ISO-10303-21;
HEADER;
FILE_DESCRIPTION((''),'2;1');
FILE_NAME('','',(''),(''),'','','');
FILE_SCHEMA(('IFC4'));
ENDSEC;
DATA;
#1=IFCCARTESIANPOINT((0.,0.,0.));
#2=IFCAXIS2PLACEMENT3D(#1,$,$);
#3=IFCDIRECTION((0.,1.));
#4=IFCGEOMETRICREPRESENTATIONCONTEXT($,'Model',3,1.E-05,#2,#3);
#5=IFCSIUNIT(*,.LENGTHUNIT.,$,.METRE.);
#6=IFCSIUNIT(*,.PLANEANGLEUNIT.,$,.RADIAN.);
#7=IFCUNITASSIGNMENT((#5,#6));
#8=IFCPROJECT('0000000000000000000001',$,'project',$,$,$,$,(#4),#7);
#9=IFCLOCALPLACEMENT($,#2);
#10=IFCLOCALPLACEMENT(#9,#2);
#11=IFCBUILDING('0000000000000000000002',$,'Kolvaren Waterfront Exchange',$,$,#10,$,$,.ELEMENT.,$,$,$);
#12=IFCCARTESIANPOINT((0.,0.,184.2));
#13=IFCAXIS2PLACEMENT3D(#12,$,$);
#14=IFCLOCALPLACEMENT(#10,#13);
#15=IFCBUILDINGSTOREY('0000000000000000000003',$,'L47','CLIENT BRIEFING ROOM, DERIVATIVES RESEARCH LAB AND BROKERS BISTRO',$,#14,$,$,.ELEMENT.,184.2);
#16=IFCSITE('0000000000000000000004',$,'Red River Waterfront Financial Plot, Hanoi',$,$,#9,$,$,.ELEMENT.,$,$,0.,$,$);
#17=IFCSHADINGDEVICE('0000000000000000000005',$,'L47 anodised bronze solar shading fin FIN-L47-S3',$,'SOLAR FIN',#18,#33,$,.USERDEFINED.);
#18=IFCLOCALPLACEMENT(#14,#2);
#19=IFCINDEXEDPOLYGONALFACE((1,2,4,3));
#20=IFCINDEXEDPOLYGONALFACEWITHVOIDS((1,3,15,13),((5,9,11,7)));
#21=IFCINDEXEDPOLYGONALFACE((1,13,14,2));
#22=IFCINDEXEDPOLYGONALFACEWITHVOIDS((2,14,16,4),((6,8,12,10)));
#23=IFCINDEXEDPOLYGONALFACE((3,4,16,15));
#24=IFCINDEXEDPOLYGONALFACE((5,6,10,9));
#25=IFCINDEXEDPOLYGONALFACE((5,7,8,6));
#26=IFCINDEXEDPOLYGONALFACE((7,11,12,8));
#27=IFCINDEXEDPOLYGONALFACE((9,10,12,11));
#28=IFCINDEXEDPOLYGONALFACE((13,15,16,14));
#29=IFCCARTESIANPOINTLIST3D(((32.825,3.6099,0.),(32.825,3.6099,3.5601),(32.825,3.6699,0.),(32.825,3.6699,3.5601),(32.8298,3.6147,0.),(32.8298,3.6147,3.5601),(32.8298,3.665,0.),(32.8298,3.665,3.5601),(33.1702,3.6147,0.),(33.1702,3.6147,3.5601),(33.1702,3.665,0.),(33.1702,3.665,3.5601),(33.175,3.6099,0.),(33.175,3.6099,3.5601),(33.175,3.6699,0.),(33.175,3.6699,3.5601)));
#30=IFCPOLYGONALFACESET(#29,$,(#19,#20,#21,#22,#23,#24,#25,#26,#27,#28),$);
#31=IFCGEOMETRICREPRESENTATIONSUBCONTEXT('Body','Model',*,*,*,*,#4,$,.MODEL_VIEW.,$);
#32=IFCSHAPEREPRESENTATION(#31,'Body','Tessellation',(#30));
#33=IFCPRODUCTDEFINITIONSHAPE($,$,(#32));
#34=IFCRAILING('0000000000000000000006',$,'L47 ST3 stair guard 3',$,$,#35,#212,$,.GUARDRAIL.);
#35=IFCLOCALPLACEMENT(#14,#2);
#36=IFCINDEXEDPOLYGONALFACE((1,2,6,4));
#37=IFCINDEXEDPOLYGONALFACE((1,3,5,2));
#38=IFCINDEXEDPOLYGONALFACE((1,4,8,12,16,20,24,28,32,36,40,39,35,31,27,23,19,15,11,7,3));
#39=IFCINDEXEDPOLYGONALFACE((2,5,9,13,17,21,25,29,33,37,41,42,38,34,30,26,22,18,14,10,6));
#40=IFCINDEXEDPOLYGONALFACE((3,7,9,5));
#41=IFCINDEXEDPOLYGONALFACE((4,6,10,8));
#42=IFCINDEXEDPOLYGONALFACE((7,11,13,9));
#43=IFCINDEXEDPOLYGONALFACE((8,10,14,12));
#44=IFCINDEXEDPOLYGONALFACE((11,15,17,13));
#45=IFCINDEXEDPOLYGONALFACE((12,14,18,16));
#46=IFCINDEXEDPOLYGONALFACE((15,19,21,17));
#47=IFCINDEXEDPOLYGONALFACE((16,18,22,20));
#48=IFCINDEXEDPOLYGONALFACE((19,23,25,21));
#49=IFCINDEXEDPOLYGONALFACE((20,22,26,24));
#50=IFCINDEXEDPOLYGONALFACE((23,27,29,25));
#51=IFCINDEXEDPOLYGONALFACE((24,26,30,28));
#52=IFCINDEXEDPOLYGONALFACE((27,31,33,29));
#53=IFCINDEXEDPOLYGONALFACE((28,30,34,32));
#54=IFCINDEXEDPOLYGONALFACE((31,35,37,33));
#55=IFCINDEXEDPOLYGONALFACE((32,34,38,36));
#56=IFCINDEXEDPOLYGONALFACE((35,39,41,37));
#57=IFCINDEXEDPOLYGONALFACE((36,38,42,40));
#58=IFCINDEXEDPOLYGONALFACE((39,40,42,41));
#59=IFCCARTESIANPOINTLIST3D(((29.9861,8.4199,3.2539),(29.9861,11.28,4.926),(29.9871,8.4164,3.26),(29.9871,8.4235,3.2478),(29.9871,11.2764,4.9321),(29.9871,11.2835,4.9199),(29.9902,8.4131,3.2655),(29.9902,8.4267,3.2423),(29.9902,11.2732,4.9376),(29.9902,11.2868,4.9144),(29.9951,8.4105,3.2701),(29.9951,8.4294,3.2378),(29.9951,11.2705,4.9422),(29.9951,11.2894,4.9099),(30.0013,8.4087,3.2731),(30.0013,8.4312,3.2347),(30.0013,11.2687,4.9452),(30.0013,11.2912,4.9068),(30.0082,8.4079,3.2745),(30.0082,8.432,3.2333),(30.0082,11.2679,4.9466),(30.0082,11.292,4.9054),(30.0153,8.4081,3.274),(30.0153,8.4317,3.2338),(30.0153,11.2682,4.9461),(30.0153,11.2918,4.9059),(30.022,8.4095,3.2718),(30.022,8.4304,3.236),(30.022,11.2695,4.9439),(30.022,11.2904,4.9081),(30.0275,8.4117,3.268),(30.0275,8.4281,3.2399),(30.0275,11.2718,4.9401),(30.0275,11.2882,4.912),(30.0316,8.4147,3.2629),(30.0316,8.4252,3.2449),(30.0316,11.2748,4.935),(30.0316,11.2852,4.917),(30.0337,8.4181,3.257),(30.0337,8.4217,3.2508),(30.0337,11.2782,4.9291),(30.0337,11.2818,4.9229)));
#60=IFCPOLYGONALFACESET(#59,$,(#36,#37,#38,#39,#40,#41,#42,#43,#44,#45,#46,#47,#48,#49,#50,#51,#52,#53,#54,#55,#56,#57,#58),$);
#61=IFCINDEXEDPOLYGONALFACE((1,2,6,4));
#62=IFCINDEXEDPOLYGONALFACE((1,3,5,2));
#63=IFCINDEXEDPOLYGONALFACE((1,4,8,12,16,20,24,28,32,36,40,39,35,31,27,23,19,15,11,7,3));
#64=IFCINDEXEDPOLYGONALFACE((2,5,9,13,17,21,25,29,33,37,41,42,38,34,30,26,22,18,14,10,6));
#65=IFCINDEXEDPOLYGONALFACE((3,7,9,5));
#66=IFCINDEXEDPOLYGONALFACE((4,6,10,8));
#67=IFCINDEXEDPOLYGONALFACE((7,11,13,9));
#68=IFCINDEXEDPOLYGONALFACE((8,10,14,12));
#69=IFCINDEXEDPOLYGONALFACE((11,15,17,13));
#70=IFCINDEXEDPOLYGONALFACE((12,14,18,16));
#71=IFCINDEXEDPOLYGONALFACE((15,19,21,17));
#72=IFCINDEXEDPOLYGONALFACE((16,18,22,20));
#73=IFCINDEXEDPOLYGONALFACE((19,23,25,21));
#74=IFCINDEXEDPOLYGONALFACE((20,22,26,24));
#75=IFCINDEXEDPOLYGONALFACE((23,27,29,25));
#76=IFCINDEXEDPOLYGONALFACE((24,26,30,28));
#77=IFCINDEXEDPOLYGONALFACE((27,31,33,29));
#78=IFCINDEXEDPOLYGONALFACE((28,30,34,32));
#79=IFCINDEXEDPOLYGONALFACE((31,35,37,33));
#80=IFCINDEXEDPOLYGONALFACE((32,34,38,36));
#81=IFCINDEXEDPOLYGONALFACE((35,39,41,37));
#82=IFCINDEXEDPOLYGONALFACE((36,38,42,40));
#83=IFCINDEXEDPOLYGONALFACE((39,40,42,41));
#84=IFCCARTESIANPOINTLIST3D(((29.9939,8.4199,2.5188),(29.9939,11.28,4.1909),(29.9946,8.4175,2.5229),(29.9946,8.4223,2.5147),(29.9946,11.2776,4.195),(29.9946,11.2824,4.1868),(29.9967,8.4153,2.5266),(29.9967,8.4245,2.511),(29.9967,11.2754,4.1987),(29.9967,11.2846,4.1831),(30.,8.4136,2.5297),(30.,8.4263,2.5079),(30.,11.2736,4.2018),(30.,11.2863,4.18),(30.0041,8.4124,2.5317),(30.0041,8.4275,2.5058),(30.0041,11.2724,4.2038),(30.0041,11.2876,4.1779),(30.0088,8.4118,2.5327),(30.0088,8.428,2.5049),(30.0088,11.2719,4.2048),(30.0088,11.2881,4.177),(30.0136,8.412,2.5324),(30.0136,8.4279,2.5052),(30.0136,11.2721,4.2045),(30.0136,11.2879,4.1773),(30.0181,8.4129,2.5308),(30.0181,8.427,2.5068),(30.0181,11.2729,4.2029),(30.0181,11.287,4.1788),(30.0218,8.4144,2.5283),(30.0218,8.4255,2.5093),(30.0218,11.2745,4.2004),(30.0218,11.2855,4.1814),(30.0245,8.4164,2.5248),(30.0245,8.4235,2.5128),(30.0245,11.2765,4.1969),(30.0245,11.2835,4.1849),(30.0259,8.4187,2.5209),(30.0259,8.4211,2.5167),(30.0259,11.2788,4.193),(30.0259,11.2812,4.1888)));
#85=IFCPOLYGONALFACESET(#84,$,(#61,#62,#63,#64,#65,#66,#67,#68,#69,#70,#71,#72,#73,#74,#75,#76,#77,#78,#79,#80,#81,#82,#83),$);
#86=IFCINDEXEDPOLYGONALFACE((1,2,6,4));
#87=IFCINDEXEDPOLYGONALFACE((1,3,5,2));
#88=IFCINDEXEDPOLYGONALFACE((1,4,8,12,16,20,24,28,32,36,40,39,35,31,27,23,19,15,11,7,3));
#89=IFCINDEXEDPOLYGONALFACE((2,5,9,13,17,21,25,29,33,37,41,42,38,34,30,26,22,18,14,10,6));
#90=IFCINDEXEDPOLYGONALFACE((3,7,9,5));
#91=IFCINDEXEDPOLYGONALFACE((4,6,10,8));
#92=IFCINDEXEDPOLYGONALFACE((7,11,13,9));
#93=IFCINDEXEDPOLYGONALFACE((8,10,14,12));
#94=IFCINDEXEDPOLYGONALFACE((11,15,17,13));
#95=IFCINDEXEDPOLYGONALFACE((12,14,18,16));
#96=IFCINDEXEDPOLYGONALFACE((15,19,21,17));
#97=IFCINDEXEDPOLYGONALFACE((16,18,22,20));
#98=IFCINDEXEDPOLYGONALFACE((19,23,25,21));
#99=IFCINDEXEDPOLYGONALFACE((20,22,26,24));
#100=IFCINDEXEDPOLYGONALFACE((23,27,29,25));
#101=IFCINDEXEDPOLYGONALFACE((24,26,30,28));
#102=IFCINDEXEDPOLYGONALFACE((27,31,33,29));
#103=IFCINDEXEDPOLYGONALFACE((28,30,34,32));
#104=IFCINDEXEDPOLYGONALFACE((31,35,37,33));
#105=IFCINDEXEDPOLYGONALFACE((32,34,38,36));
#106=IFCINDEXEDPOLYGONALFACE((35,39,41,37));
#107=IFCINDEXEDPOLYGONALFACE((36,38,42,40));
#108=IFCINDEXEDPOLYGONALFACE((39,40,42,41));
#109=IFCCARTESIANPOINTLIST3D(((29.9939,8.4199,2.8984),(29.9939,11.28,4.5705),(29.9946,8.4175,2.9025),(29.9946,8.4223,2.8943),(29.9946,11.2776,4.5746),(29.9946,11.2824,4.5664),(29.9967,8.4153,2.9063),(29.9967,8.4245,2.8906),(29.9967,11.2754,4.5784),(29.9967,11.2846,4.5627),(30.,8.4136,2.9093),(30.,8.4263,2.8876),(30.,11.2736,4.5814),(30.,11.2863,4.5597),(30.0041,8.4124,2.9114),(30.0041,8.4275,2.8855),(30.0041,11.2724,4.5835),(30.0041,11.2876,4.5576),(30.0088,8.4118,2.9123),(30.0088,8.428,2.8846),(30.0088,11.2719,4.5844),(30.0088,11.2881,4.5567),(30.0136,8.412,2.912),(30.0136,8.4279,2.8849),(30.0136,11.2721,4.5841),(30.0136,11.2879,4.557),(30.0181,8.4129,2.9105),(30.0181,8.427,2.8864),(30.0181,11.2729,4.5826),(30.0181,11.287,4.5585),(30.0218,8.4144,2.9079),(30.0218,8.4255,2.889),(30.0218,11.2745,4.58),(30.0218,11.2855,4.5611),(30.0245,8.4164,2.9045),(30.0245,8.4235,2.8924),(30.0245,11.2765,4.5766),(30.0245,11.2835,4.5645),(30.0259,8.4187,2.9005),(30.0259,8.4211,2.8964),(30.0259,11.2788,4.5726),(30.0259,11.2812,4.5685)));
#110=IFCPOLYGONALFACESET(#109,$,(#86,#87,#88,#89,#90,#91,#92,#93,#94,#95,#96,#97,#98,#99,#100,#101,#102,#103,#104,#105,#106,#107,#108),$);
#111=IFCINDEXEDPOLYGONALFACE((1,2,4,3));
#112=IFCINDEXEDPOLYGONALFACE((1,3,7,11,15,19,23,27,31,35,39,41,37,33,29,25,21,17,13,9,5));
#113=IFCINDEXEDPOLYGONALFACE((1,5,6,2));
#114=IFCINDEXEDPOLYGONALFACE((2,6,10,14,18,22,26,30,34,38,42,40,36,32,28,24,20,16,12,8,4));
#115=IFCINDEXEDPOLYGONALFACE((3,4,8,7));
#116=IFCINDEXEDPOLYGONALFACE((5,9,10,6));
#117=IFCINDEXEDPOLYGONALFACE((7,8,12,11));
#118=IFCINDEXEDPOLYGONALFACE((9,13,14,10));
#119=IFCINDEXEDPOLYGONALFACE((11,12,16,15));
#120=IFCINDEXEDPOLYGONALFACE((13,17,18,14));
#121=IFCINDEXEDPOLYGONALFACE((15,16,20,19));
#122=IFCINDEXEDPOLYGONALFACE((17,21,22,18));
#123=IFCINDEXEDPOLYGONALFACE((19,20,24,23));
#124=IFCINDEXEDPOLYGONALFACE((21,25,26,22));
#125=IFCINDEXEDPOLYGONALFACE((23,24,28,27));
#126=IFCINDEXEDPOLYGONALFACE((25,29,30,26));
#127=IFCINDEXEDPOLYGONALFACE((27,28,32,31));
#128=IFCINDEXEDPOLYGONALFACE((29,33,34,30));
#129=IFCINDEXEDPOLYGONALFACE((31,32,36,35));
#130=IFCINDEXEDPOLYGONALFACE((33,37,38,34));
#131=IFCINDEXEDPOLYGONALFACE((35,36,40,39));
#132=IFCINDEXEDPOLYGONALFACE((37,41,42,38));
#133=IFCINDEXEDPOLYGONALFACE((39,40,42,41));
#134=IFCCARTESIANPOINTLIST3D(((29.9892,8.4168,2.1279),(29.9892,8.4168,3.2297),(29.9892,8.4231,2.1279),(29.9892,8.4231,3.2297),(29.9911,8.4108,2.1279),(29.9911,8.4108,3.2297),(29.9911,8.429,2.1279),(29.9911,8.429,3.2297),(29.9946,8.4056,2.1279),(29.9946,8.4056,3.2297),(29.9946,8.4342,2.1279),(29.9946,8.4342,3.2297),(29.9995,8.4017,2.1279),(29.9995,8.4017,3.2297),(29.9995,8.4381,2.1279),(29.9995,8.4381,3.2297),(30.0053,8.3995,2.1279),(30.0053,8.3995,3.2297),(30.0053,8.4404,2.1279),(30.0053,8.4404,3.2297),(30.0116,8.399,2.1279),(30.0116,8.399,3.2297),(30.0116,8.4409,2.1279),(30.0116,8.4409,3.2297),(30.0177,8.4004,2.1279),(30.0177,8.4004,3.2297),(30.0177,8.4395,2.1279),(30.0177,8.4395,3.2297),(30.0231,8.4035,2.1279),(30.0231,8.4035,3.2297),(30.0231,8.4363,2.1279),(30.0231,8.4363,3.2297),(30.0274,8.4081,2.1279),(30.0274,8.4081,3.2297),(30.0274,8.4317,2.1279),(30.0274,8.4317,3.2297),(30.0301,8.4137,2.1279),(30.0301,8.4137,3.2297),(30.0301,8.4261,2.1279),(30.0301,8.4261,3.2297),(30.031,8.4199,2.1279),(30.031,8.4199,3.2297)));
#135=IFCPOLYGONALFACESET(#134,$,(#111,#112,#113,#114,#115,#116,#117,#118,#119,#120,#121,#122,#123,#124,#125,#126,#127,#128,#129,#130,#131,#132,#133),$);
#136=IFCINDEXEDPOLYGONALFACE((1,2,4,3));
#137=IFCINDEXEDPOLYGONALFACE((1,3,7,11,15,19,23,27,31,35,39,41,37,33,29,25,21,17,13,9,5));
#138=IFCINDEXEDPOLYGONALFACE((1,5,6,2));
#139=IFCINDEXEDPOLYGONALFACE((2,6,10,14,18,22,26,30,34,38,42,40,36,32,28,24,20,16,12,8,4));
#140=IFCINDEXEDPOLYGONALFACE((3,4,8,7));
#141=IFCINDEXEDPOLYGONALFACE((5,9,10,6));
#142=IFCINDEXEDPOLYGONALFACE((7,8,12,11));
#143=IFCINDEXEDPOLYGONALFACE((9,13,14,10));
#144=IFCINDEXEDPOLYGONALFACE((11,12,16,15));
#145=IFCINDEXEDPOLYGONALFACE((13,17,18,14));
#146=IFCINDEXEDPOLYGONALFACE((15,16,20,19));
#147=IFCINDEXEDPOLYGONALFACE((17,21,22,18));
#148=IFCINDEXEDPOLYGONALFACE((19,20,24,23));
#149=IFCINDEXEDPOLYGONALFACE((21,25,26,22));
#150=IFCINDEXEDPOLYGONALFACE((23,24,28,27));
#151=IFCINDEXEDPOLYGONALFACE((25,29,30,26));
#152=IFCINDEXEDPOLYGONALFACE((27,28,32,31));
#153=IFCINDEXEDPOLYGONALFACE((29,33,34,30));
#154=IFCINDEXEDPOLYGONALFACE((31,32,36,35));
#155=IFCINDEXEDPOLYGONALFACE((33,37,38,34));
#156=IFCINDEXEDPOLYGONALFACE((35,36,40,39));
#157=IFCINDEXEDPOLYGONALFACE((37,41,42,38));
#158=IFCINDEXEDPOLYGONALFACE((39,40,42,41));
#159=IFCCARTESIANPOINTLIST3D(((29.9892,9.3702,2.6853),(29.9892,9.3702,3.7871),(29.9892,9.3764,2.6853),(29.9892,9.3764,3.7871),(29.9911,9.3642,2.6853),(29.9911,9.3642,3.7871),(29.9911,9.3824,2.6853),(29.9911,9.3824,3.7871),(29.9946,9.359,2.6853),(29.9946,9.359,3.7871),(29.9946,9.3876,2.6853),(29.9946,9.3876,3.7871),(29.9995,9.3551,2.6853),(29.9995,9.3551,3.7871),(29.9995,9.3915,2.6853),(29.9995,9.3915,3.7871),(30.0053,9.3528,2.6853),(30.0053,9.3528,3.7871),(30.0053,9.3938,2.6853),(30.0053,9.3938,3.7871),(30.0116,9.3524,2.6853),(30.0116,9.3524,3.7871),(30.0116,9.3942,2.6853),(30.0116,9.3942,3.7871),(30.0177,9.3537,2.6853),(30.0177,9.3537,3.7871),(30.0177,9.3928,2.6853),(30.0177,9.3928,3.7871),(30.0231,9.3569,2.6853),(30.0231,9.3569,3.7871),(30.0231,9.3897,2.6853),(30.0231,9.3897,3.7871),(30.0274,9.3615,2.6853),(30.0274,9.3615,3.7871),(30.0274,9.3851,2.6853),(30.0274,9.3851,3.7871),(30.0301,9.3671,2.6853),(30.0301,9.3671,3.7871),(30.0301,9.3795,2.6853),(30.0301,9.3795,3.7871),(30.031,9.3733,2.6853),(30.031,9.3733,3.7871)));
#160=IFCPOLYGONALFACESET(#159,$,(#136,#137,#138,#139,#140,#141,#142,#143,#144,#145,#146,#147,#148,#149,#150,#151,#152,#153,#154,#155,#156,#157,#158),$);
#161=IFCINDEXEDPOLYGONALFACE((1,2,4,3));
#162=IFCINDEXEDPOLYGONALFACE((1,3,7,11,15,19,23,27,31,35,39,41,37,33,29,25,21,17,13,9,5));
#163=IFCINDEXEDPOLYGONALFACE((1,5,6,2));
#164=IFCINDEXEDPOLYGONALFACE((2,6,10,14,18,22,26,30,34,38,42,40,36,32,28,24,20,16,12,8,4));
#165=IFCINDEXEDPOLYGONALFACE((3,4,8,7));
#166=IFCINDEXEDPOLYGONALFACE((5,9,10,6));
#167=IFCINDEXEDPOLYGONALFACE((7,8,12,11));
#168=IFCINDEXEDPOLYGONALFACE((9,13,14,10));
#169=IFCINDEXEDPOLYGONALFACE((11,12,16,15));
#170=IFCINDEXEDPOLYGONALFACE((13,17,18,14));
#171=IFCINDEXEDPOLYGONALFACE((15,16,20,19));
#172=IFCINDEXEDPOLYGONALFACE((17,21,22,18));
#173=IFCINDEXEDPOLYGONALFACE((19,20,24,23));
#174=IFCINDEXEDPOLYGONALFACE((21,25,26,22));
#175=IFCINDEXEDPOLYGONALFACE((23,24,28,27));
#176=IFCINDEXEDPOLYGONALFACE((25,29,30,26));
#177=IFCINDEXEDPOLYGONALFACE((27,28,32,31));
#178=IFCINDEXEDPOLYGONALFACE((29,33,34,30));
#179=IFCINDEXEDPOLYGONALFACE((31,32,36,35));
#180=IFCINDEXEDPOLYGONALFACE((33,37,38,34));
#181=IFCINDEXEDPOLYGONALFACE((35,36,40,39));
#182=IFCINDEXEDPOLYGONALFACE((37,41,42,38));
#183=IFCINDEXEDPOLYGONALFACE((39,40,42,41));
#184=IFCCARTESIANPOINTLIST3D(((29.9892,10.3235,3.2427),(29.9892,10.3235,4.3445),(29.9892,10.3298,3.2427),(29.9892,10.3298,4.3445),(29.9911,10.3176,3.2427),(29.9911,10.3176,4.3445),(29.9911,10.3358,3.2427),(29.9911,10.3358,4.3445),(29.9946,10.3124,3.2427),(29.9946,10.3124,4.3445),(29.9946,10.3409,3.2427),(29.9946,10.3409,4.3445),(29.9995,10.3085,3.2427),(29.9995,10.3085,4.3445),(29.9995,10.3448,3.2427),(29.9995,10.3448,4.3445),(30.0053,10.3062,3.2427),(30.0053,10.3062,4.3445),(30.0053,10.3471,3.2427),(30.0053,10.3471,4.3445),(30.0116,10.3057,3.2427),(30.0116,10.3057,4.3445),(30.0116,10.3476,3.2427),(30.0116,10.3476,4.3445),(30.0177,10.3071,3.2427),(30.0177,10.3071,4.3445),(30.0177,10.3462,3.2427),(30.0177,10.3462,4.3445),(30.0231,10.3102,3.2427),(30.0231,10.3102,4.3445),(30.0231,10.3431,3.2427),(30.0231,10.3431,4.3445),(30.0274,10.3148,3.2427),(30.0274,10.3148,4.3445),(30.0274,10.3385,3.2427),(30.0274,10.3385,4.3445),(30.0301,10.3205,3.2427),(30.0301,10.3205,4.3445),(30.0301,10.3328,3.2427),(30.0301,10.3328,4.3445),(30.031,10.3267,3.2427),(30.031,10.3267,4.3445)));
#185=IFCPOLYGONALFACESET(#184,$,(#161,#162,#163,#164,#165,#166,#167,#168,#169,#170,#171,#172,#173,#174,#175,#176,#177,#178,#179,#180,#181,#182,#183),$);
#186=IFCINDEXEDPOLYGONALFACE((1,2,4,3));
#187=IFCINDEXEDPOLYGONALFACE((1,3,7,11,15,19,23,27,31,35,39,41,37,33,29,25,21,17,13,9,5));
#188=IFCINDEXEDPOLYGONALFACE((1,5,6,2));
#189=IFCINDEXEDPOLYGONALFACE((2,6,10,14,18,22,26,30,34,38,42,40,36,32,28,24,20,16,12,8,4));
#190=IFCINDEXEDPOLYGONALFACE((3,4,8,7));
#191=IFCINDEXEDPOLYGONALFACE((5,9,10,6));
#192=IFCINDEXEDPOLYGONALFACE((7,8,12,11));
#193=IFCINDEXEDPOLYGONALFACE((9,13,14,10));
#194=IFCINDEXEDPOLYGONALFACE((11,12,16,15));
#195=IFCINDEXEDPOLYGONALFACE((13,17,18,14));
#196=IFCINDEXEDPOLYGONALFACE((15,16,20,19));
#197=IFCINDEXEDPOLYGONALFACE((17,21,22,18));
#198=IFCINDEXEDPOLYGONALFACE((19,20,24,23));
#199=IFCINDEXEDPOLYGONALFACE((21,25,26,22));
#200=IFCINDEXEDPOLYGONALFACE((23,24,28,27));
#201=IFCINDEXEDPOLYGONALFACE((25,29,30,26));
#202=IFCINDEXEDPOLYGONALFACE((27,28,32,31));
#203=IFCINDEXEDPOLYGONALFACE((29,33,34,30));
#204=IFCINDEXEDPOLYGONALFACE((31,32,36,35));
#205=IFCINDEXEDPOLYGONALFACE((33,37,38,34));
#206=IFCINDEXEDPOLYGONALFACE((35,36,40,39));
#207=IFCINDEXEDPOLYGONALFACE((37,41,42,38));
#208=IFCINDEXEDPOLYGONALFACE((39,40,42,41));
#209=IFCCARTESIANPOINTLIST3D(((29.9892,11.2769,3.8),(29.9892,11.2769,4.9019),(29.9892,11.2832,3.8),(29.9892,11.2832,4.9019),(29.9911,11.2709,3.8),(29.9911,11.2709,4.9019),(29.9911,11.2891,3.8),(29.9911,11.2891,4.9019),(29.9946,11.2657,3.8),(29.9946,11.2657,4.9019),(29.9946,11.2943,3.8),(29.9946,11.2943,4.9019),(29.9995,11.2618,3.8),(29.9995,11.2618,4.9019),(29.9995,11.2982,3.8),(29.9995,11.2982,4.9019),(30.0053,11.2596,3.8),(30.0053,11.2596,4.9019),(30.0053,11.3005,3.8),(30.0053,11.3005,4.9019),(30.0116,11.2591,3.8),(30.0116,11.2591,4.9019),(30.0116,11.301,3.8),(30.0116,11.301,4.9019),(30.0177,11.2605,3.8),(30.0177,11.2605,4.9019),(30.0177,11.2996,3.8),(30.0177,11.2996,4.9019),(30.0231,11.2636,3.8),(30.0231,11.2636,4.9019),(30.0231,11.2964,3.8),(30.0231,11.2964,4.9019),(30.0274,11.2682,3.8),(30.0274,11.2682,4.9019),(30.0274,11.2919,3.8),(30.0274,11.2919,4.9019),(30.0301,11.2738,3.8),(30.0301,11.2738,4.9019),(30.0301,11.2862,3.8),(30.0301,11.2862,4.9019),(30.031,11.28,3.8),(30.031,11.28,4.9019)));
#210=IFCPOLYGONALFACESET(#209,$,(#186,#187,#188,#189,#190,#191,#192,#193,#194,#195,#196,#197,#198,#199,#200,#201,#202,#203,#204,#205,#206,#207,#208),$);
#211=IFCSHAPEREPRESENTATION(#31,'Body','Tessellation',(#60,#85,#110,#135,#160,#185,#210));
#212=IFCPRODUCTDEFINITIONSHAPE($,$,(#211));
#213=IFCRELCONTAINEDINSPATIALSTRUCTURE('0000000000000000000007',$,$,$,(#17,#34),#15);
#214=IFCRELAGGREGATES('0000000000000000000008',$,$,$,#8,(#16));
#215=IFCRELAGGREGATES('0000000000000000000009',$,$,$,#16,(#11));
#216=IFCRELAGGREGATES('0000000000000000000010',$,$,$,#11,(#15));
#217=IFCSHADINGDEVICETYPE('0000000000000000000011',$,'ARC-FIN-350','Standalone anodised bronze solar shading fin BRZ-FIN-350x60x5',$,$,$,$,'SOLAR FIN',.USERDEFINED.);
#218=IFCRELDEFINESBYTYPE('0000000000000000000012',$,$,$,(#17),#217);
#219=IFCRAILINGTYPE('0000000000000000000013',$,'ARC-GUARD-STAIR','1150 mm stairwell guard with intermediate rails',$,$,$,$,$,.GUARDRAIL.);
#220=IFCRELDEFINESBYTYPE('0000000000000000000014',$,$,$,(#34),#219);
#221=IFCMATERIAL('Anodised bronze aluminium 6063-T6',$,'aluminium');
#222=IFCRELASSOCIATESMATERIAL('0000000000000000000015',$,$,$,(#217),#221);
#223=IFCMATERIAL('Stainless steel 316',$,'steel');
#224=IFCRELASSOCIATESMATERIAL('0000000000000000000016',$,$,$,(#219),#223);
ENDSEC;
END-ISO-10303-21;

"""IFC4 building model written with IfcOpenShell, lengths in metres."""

from ifc_helpers import new_model, si_unit, direction, frame, origin, origin_2d, place, context, subcontext, project, spatial, hollow_rectangle, circle, extrude, material, material_profile, profile_set, type_object, element, save


model = new_model("IFC4")

# Units and contexts
model_context = context("Model", 3, precision=1e-05, world=origin(), true_north=direction((0.0, 1.0)))
body_context = subcontext(model_context, "Body", "Model", "MODEL_VIEW")
ifc_project = project(units=[si_unit("LENGTHUNIT", "METRE"), si_unit("PLANEANGLEUNIT", "RADIAN")], contexts=[model_context])

# Site, building, storey
site_placement = place(None, origin())
site = spatial("IfcSite", under=ifc_project, at=site_placement, Name="Red River Waterfront Financial Plot, Hanoi", CompositionType="ELEMENT", RefElevation=0.0)
building_placement = place(site_placement, origin())
building = spatial("IfcBuilding", under=site, at=building_placement, Name="Kolvaren Waterfront Exchange", CompositionType="ELEMENT")
storey_placement = place(building_placement, frame((0.0, 0.0, 184.2)))
storey = spatial("IfcBuildingStorey", under=building, at=storey_placement, Name="L47", Description="CLIENT BRIEFING ROOM, DERIVATIVES RESEARCH LAB AND BROKERS BISTRO", CompositionType="ELEMENT", Elevation=184.2)

# Shared definitions
ifc_material_1 = material(Name="Anodised bronze aluminium 6063-T6", Category="aluminium")

# Shading device
ifc_material_profile_1 = material_profile(ifc_material_1, hollow_rectangle(XDim=0.0601, YDim=0.3501, WallThickness=0.0049, at=origin_2d()), Name="BRZ-FIN-350x60x5")
ifc_profile_set_1 = profile_set([ifc_material_profile_1], Name="Anodised bronze aluminium 6063-T6")
shading_device_type = type_object("IfcShadingDeviceType", Name="ARC-FIN-350", Description="Standalone anodised bronze solar shading fin BRZ-FIN-350x60x5", ElementType="SOLAR FIN", PredefinedType="USERDEFINED", material=ifc_profile_set_1)
shading_device_placement = place(storey_placement, frame((33.0, 3.6399, 0.0), z_axis=(0.0, 0.0, 1.0), x_axis=(0.0, -1.0, 0.0)))
element("IfcShadingDevice", 1, at=shading_device_placement, inside=storey, type_object=shading_device_type, Name="L47 anodised bronze solar shading fin FIN-L47-S3", ObjectType="SOLAR FIN", PredefinedType="USERDEFINED", context=body_context, shape_type="SweptSolid", body=[
    extrude(hollow_rectangle(XDim=0.0601, YDim=0.3501, WallThickness=0.0049, at=origin_2d()), origin(), (0.0, 0.0, 1.0), 3.5601),
])

# Railing
ifc_material_2 = material(Name="Stainless steel 316", Category="steel")
railing_type_1 = type_object("IfcRailingType", Name="ARC-GUARD-STAIR", Description="1150 mm stairwell guard with intermediate rails", PredefinedType="GUARDRAIL", material=ifc_material_2)
railing_1_placement = place(storey_placement, frame((30.01, 8.4199, 2.1279)))
element("IfcRailing", 2, at=railing_1_placement, inside=storey, type_object=railing_type_1, Name="L47 ST3 stair guard 3", PredefinedType="GUARDRAIL", context=body_context, shape_type="SweptSolid", body=[
    extrude(circle(Radius=0.0239, at=origin_2d()), frame((0.0, 0.0, 1.126), z_axis=(0.0, 0.863289, 0.504709), x_axis=(-1.0, 0.0, 0.0)), (0.0, 0.0, 1.0), 3.313),
    extrude(circle(Radius=0.0161, at=origin_2d()), frame((0.0, 0.0, 0.3909), z_axis=(0.0, 0.863289, 0.504709), x_axis=(-1.0, 0.0, 0.0)), (0.0, 0.0, 1.0), 3.313),
    extrude(circle(Radius=0.0161, at=origin_2d()), frame((0.0, 0.0, 0.7705), z_axis=(0.0, 0.863289, 0.504709), x_axis=(-1.0, 0.0, 0.0)), (0.0, 0.0, 1.0), 3.313),
    extrude(circle(Radius=0.021, at=origin_2d()), origin(), (0.0, 0.0, 1.0), 1.1018),
    extrude(circle(Radius=0.021, at=origin_2d()), frame((0.0, 0.9534, 0.5574)), (0.0, 0.0, 1.0), 1.1018),
    extrude(circle(Radius=0.021, at=origin_2d()), frame((0.0, 1.9067, 1.1147)), (0.0, 0.0, 1.0), 1.1018),
    extrude(circle(Radius=0.021, at=origin_2d()), frame((0.0, 2.8601, 1.6721)), (0.0, 0.0, 1.0), 1.1018),
])

save(model, "model.ifc")
